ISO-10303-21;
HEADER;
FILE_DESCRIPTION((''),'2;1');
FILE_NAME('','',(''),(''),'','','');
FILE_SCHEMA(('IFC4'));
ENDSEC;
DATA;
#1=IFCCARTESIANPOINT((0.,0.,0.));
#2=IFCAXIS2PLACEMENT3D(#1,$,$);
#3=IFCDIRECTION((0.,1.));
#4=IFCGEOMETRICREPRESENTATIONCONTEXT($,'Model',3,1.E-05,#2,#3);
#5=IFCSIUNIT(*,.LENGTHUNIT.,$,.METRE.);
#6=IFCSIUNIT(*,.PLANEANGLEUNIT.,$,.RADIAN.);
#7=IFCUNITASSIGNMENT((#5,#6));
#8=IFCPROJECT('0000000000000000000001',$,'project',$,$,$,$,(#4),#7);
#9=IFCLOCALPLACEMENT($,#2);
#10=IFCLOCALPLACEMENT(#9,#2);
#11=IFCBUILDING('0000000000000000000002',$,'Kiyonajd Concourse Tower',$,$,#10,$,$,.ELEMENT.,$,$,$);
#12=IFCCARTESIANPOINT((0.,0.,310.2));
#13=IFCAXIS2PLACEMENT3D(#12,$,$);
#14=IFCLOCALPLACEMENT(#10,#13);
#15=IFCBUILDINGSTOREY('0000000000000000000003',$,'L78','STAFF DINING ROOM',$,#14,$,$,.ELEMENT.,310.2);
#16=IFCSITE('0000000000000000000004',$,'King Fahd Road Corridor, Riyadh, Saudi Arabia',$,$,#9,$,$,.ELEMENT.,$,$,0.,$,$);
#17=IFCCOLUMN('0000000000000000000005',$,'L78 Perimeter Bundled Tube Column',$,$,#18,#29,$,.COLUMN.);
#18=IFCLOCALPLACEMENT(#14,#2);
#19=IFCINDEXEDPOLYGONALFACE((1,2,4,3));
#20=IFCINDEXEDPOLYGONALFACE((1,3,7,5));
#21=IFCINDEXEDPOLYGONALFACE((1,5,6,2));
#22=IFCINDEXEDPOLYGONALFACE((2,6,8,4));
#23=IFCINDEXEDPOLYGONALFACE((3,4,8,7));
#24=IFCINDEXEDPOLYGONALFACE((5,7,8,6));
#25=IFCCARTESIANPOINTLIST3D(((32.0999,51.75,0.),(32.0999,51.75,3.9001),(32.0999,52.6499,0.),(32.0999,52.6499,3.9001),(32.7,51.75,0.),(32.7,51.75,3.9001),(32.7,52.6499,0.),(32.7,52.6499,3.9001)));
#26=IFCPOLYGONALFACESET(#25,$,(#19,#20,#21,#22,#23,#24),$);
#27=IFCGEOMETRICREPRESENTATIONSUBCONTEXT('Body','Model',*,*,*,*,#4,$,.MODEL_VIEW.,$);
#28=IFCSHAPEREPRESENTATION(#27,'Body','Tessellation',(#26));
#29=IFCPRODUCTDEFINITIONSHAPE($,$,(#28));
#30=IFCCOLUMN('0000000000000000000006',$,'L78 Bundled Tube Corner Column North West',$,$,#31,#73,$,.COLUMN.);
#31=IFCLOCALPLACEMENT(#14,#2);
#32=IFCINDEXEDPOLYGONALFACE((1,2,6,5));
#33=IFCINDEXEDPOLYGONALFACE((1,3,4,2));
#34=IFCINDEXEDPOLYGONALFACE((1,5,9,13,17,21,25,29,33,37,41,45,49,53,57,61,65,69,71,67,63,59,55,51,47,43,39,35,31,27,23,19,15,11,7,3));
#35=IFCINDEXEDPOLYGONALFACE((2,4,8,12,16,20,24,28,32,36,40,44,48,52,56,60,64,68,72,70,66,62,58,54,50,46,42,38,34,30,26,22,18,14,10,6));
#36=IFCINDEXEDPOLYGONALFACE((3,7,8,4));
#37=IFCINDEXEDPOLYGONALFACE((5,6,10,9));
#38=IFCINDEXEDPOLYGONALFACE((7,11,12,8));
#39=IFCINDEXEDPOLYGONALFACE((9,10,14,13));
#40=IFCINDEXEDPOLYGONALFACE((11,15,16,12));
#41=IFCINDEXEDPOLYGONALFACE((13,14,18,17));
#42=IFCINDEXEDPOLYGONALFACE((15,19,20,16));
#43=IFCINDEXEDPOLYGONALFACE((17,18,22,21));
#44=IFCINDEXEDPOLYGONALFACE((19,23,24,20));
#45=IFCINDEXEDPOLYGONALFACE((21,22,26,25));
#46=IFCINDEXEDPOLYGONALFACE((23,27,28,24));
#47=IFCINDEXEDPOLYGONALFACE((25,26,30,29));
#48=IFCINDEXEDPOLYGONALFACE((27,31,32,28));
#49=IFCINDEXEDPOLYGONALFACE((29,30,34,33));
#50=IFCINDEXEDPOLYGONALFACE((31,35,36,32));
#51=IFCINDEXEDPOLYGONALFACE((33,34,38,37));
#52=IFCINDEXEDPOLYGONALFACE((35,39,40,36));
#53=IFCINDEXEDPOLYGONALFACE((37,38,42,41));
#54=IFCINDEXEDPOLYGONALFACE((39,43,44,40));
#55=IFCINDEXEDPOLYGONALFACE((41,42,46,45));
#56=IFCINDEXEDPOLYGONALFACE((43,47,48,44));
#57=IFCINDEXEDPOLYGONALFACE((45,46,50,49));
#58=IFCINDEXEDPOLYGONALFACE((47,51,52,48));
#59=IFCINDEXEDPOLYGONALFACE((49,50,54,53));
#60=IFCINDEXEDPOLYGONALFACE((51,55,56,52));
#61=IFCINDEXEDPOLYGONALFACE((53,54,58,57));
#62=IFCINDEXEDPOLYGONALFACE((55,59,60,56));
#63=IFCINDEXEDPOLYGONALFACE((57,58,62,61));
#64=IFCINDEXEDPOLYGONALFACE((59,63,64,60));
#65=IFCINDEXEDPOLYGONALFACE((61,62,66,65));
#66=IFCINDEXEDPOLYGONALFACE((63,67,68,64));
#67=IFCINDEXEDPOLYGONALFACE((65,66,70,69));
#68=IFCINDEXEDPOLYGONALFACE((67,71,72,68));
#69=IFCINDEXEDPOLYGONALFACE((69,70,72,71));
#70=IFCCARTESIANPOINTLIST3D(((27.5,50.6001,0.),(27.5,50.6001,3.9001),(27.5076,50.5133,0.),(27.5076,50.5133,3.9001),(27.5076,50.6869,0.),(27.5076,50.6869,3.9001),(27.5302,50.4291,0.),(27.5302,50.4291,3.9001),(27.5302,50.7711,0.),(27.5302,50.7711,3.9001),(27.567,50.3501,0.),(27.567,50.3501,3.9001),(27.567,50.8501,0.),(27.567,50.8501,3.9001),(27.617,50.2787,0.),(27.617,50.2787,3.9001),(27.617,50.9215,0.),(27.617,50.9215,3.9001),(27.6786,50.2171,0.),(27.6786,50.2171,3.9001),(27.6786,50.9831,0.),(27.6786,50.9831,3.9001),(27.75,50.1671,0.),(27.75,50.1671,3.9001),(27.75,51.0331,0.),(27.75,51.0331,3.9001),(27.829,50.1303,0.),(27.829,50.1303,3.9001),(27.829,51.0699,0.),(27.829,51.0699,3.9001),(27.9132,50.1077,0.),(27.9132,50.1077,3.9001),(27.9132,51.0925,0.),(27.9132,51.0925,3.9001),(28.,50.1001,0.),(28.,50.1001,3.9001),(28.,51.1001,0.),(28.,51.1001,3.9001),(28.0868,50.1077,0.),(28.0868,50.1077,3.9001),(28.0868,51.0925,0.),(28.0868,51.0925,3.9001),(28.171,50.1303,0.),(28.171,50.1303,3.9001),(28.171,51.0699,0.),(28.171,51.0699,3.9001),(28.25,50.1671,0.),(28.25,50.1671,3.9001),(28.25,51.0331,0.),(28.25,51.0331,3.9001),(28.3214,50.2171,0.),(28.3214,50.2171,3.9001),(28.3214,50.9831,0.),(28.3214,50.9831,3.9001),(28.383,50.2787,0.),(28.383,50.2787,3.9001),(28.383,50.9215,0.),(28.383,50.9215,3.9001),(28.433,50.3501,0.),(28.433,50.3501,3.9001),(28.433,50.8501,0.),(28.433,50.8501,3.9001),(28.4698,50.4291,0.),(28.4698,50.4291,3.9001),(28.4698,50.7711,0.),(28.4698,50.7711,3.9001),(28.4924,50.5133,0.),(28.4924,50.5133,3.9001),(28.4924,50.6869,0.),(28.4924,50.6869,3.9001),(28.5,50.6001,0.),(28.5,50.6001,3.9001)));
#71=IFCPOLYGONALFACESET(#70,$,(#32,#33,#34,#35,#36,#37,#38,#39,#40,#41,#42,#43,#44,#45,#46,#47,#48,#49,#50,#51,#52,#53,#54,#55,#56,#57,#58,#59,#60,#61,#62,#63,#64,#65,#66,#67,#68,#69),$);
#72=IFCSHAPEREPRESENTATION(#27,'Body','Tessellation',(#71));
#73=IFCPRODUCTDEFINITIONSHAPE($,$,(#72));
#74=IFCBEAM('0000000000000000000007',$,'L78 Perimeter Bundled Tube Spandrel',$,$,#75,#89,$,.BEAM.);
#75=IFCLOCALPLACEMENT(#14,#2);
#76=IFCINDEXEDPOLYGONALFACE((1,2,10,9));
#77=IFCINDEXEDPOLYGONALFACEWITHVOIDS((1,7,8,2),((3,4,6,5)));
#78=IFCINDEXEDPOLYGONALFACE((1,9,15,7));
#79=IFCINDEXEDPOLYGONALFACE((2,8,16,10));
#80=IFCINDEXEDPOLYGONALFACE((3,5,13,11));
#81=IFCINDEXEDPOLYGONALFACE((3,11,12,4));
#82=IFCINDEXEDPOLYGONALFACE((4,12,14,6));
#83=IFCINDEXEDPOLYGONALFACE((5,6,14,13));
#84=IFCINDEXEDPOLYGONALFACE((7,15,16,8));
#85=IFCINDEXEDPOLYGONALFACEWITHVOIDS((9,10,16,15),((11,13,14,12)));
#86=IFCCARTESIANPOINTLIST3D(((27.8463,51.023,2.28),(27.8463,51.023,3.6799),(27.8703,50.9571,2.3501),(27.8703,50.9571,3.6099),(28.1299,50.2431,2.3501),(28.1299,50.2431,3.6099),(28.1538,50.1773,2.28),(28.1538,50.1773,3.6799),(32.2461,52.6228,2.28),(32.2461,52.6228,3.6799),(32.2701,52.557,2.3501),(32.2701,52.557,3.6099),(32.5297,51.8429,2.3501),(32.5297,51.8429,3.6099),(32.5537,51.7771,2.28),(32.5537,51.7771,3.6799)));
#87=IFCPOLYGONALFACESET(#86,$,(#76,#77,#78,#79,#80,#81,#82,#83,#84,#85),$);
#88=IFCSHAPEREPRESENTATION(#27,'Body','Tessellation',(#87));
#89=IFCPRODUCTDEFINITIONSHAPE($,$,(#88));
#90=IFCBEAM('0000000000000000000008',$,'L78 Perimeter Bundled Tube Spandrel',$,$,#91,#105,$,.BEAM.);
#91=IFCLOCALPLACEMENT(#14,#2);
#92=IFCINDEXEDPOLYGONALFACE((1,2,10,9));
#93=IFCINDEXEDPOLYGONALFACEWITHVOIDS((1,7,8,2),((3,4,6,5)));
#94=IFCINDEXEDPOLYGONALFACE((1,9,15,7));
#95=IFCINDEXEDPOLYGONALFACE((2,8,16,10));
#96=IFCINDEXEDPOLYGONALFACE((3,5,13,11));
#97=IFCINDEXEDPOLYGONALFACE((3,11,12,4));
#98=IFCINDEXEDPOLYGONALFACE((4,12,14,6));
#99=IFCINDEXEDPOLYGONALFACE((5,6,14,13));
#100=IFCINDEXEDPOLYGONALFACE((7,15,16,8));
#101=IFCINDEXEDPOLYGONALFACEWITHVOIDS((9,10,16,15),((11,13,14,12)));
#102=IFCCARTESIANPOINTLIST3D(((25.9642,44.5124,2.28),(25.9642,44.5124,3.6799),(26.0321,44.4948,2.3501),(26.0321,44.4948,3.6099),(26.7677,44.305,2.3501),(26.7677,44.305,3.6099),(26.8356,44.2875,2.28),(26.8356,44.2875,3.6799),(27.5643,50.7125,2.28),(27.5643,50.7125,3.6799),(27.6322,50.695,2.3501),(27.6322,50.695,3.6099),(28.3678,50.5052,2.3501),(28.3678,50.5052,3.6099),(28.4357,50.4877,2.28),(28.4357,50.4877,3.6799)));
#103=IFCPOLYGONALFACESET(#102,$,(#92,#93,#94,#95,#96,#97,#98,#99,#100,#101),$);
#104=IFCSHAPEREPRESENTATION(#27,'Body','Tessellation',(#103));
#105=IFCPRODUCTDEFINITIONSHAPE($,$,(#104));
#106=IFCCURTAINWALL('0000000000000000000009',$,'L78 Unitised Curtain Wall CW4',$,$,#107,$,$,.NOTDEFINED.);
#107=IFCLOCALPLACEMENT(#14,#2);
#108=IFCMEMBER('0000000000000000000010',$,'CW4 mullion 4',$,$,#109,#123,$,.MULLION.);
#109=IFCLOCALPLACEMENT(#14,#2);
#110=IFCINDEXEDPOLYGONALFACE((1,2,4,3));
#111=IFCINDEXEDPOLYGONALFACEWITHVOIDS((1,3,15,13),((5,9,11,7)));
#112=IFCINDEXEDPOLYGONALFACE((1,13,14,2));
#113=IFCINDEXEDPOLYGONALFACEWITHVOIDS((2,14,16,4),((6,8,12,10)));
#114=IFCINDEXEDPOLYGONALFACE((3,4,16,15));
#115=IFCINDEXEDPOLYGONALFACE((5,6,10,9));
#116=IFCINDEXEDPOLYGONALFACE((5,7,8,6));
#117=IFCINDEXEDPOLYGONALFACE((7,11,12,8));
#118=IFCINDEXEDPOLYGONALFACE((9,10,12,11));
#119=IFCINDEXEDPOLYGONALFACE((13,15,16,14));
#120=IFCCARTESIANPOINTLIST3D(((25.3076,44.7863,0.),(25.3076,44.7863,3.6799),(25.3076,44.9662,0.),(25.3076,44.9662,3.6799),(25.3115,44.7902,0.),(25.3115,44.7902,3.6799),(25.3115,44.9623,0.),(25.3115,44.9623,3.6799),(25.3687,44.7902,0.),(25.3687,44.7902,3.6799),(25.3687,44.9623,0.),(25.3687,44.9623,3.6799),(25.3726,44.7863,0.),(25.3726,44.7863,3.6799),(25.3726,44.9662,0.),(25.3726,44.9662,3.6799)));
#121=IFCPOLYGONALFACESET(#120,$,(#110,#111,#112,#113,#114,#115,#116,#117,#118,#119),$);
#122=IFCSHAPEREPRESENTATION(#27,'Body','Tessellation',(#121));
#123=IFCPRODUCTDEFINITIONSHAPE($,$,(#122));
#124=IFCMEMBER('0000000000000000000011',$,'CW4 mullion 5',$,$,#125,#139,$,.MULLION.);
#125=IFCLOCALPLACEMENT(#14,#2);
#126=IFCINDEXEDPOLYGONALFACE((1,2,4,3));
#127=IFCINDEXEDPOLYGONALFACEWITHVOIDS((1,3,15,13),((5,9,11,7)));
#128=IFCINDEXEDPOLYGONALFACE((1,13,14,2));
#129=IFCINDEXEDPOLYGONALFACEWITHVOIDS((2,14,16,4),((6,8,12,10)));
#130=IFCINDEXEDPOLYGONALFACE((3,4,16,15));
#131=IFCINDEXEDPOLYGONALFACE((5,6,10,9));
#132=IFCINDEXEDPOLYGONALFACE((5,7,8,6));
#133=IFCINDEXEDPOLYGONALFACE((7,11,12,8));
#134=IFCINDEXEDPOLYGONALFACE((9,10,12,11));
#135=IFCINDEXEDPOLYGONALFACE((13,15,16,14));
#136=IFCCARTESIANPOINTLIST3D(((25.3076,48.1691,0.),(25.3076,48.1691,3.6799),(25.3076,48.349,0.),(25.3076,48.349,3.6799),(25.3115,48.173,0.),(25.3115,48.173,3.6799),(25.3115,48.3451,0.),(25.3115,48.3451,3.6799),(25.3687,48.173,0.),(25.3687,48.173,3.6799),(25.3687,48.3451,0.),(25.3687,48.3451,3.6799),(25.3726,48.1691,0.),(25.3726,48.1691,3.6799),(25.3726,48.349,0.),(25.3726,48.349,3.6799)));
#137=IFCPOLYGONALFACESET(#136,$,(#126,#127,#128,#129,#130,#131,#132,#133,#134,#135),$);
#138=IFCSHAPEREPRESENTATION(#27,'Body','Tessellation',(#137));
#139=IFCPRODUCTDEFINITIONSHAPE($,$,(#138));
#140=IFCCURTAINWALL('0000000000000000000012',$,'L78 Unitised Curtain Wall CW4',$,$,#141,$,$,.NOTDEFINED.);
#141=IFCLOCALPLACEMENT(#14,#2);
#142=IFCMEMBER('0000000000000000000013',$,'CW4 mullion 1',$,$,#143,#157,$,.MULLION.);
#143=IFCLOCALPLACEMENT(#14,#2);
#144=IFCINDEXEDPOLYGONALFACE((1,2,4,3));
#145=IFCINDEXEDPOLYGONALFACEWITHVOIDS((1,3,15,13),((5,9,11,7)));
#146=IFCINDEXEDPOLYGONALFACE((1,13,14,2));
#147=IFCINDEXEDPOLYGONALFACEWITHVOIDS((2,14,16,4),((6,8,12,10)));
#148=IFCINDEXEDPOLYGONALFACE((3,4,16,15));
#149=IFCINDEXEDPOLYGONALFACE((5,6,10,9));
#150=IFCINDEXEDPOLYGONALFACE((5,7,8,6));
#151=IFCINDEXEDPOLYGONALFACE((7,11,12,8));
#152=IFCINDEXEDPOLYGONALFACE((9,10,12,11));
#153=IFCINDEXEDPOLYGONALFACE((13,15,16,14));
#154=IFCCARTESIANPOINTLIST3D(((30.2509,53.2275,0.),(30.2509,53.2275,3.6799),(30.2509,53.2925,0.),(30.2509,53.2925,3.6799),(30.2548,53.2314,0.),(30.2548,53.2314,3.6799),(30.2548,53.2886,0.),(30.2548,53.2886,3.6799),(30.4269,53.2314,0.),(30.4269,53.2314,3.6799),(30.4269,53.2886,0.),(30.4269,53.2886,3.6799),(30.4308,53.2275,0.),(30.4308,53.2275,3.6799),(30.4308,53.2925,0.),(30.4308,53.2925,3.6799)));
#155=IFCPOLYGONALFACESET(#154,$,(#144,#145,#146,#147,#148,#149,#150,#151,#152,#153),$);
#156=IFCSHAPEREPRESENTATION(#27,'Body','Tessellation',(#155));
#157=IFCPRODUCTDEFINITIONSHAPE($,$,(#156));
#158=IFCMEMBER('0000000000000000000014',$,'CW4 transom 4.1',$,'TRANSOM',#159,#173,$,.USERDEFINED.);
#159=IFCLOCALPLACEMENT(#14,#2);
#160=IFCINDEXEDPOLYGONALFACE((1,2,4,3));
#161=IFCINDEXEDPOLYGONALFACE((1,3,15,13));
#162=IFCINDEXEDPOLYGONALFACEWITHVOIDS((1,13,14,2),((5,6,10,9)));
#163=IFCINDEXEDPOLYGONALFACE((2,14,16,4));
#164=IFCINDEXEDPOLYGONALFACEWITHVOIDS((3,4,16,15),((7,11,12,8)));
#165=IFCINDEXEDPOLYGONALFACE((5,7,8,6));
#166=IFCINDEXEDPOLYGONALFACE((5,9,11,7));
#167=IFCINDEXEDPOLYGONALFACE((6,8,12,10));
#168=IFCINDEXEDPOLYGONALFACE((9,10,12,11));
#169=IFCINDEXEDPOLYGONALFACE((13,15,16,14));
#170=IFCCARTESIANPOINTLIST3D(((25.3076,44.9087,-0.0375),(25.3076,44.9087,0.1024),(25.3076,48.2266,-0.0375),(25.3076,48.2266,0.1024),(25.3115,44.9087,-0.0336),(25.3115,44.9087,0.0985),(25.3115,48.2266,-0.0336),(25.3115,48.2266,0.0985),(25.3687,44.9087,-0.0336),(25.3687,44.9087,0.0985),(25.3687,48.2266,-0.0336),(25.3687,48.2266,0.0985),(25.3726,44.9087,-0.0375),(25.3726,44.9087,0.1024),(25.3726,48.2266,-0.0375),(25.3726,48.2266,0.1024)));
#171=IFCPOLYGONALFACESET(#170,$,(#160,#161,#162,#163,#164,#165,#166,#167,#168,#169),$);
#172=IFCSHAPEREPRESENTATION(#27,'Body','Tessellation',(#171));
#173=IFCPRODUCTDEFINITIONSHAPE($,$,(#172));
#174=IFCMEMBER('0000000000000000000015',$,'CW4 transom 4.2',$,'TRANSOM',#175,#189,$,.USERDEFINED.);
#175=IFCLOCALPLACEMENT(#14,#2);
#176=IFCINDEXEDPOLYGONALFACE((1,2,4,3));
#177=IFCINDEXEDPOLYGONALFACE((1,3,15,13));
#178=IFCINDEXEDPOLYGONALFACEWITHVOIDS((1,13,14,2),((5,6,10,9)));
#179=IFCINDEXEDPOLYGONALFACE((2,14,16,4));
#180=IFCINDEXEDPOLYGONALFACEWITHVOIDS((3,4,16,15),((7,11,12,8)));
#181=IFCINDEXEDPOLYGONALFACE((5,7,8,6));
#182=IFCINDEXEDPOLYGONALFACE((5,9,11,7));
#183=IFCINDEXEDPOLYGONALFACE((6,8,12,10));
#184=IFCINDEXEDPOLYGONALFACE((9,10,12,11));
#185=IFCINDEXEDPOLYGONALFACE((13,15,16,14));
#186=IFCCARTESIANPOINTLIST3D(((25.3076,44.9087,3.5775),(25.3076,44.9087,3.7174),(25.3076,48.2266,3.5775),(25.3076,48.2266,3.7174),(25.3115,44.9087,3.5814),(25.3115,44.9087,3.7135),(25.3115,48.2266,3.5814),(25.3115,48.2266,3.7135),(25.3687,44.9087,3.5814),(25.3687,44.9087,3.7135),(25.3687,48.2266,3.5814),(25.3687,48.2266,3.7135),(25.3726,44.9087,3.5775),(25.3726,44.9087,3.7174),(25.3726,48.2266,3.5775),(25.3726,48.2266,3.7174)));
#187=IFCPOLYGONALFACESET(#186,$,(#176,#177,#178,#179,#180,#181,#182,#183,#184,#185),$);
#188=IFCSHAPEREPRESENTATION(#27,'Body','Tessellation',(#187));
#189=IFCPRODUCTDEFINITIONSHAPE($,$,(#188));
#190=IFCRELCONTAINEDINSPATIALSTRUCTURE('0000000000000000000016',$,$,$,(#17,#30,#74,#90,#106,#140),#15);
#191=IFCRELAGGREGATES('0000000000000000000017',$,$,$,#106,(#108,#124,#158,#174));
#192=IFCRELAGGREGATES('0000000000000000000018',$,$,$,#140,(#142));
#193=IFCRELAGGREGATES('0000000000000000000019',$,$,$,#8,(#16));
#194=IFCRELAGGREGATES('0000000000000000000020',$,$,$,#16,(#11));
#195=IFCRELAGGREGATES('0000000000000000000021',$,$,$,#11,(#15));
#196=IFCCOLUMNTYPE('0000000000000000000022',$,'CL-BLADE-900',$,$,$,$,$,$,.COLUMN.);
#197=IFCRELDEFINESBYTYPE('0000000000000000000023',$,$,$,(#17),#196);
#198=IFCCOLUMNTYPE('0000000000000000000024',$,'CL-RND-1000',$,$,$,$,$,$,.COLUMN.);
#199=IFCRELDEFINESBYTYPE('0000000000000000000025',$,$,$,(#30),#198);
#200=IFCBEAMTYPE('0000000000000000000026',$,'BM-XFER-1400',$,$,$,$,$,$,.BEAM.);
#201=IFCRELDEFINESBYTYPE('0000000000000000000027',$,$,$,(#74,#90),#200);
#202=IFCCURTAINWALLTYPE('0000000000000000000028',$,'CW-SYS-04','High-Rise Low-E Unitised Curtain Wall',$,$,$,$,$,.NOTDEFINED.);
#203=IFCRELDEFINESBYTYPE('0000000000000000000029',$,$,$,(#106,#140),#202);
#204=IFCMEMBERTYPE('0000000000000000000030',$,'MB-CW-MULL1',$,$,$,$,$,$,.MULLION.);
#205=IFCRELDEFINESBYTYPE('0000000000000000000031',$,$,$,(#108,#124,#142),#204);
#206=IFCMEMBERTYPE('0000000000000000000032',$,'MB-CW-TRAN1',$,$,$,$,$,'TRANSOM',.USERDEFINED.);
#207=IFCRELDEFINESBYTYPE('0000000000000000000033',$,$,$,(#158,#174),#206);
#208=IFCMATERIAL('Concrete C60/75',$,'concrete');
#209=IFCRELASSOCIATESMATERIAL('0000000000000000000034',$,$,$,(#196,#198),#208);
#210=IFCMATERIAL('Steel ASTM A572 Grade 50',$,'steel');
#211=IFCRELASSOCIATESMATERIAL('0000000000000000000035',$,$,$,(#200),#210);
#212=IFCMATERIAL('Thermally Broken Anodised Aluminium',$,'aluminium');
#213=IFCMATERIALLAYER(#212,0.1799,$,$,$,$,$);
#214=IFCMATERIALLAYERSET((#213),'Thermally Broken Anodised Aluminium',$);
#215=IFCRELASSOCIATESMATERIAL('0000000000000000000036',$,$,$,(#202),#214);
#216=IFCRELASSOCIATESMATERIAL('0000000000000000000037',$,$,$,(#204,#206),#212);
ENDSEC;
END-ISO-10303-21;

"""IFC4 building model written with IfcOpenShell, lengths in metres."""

from ifc_helpers import new_model, si_unit, direction, frame, origin, origin_2d, place, context, subcontext, project, spatial, rectangle, hollow_rectangle, circle, extrude, material, layer, layer_set, material_profile, profile_set, type_object, element, aggregate, save


model = new_model("IFC4")

# Units and contexts
model_context = context("Model", 3, precision=1e-05, world=origin(), true_north=direction((0.0, 1.0)))
body_context = subcontext(model_context, "Body", "Model", "MODEL_VIEW")
ifc_project = project(units=[si_unit("LENGTHUNIT", "METRE"), si_unit("PLANEANGLEUNIT", "RADIAN")], contexts=[model_context])

# Site, building, storey
site_placement = place(None, origin())
site = spatial("IfcSite", under=ifc_project, at=site_placement, Name="King Fahd Road Corridor, Riyadh, Saudi Arabia", CompositionType="ELEMENT", RefElevation=0.0)
building_placement = place(site_placement, origin())
building = spatial("IfcBuilding", under=site, at=building_placement, Name="Kiyonajd Concourse Tower", CompositionType="ELEMENT")
storey_placement = place(building_placement, frame((0.0, 0.0, 310.2)))
storey = spatial("IfcBuildingStorey", under=building, at=storey_placement, Name="L78", Description="STAFF DINING ROOM", CompositionType="ELEMENT", Elevation=310.2)

# Columns
ifc_material_1 = material(Name="Concrete C60/75", Category="concrete")
ifc_material_profile_1 = material_profile(ifc_material_1, rectangle(XDim=0.6001, YDim=0.8999, at=origin_2d()), Name="RC-900x600")
ifc_profile_set_1 = profile_set([ifc_material_profile_1], Name="Concrete C60/75")
column_type_1 = type_object("IfcColumnType", Name="CL-BLADE-900", PredefinedType="COLUMN", material=ifc_profile_set_1)
column_1_placement = place(storey_placement, frame((32.3999, 52.2, 0.0), z_axis=(0.0, 0.0, 1.0), x_axis=(1.0, 0.0, 0.0)))
element("IfcColumn", 1, at=column_1_placement, inside=storey, type_object=column_type_1, Name="L78 Perimeter Bundled Tube Column", PredefinedType="COLUMN", context=body_context, shape_type="SweptSolid", body=[
    extrude(rectangle(XDim=0.6001, YDim=0.8999, at=origin_2d()), origin(), (0.0, 0.0, 1.0), 3.9001),
])
ifc_material_profile_2 = material_profile(ifc_material_1, circle(Radius=0.5, at=origin_2d()), Name="RCC-D1000")
ifc_profile_set_2 = profile_set([ifc_material_profile_2], Name="Concrete C60/75")
column_type_2 = type_object("IfcColumnType", Name="CL-RND-1000", PredefinedType="COLUMN", material=ifc_profile_set_2)
column_2_placement = place(storey_placement, frame((28.0, 50.6001, 0.0), z_axis=(0.0, 0.0, 1.0), x_axis=(1.0, 0.0, 0.0)))
element("IfcColumn", 2, at=column_2_placement, inside=storey, type_object=column_type_2, Name="L78 Bundled Tube Corner Column North West", PredefinedType="COLUMN", context=body_context, shape_type="SweptSolid", body=[
    extrude(circle(Radius=0.5, at=origin_2d()), origin(), (0.0, 0.0, 1.0), 3.9001),
])

# Beams
ifc_material_2 = material(Name="Steel ASTM A572 Grade 50", Category="steel")
ifc_material_profile_3 = material_profile(ifc_material_2, hollow_rectangle(XDim=0.8999, YDim=1.3999, WallThickness=0.0701, at=origin_2d()), Name="BOX-1400x900x70")
ifc_profile_set_3 = profile_set([ifc_material_profile_3], Name="Steel ASTM A572 Grade 50")
beam_type = type_object("IfcBeamType", Name="BM-XFER-1400", PredefinedType="BEAM", material=ifc_profile_set_3)
beam_1_placement = place(storey_placement, frame((32.3999, 52.2, 2.98), z_axis=(-0.939801, -0.341722, 0.0), x_axis=(0.341722, -0.939801, 0.0)))
element("IfcBeam", 3, at=beam_1_placement, inside=storey, type_object=beam_type, Name="L78 Perimeter Bundled Tube Spandrel", PredefinedType="BEAM", context=body_context, shape_type="SweptSolid", body=[
    extrude(hollow_rectangle(XDim=0.8999, YDim=1.3999, WallThickness=0.0701, at=origin_2d()), origin(), (0.0, 0.0, 1.0), 4.6816),
])
beam_2_placement = place(storey_placement, frame((28.0, 50.6001, 2.98), z_axis=(-0.249885, -0.968276, 0.0), x_axis=(0.968276, -0.249885, 0.0)))
element("IfcBeam", 4, at=beam_2_placement, inside=storey, type_object=beam_type, Name="L78 Perimeter Bundled Tube Spandrel", PredefinedType="BEAM", context=body_context, shape_type="SweptSolid", body=[
    extrude(hollow_rectangle(XDim=0.8999, YDim=1.3999, WallThickness=0.0701, at=origin_2d()), origin(), (0.0, 0.0, 1.0), 6.4033),
])

# Curtain wall, members
ifc_material_3 = material(Name="Thermally Broken Anodised Aluminium", Category="aluminium")
ifc_layer_1 = layer(ifc_material_3, 0.1799)
ifc_layer_set_1 = layer_set([ifc_layer_1], Name="Thermally Broken Anodised Aluminium")
curtain_wall_type = type_object("IfcCurtainWallType", Name="CW-SYS-04", Description="High-Rise Low-E Unitised Curtain Wall", PredefinedType="NOTDEFINED", material=ifc_layer_set_1)
curtain_wall_1_placement = place(storey_placement, origin())
curtain_wall_1 = element("IfcCurtainWall", 5, at=curtain_wall_1_placement, inside=storey, type_object=curtain_wall_type, Name="L78 Unitised Curtain Wall CW4", PredefinedType="NOTDEFINED")
ifc_material_profile_4 = material_profile(ifc_material_3, hollow_rectangle(XDim=0.0649, YDim=0.1799, WallThickness=0.0039, at=origin_2d()), Name="MULL-65x180")
ifc_profile_set_4 = profile_set([ifc_material_profile_4], Name="Thermally Broken Anodised Aluminium")
member_type_1 = type_object("IfcMemberType", Name="MB-CW-MULL1", PredefinedType="MULLION", material=ifc_profile_set_4)
member_1_placement = place(storey_placement, frame((25.3401, 44.8762, 0.0), z_axis=(0.0, 0.0, 1.0), x_axis=(-1.0, 0.0, 0.0)))
member_1 = element("IfcMember", 6, at=member_1_placement, type_object=member_type_1, Name="CW4 mullion 4", PredefinedType="MULLION", context=body_context, shape_type="SweptSolid", body=[
    extrude(hollow_rectangle(XDim=0.0649, YDim=0.1799, WallThickness=0.0039, at=origin_2d()), origin(), (0.0, 0.0, 1.0), 3.6799),
])
member_2_placement = place(storey_placement, frame((25.3401, 48.259, 0.0), z_axis=(0.0, 0.0, 1.0), x_axis=(-1.0, 0.0, 0.0)))
member_2 = element("IfcMember", 7, at=member_2_placement, type_object=member_type_1, Name="CW4 mullion 5", PredefinedType="MULLION", context=body_context, shape_type="SweptSolid", body=[
    extrude(hollow_rectangle(XDim=0.0649, YDim=0.1799, WallThickness=0.0039, at=origin_2d()), origin(), (0.0, 0.0, 1.0), 3.6799),
])

# Curtain wall, member
curtain_wall_2_placement = place(storey_placement, origin())
curtain_wall_2 = element("IfcCurtainWall", 8, at=curtain_wall_2_placement, inside=storey, type_object=curtain_wall_type, Name="L78 Unitised Curtain Wall CW4", PredefinedType="NOTDEFINED")
member_3_placement = place(storey_placement, frame((30.3408, 53.26, 0.0), z_axis=(0.0, 0.0, 1.0), x_axis=(0.0, 1.0, 0.0)))
member_3 = element("IfcMember", 9, at=member_3_placement, type_object=member_type_1, Name="CW4 mullion 1", PredefinedType="MULLION", context=body_context, shape_type="SweptSolid", body=[
    extrude(hollow_rectangle(XDim=0.0649, YDim=0.1799, WallThickness=0.0039, at=origin_2d()), origin(), (0.0, 0.0, 1.0), 3.6799),
])

# Members
ifc_material_profile_5 = material_profile(ifc_material_3, hollow_rectangle(XDim=0.0649, YDim=0.1399, WallThickness=0.0039, at=origin_2d()), Name="TRAN-65x140")
ifc_profile_set_5 = profile_set([ifc_material_profile_5], Name="Thermally Broken Anodised Aluminium")
member_type_2 = type_object("IfcMemberType", Name="MB-CW-TRAN1", ElementType="TRANSOM", PredefinedType="USERDEFINED", material=ifc_profile_set_5)
member_4_placement = place(storey_placement, frame((25.3401, 44.9087, 0.0325), z_axis=(0.0, 1.0, 0.0), x_axis=(-1.0, 0.0, 0.0)))
member_4 = element("IfcMember", 10, at=member_4_placement, type_object=member_type_2, Name="CW4 transom 4.1", ObjectType="TRANSOM", PredefinedType="USERDEFINED", context=body_context, shape_type="SweptSolid", body=[
    extrude(hollow_rectangle(XDim=0.0649, YDim=0.1399, WallThickness=0.0039, at=origin_2d()), origin(), (0.0, 0.0, 1.0), 3.3179),
])
member_5_placement = place(storey_placement, frame((25.3401, 44.9087, 3.6475), z_axis=(0.0, 1.0, 0.0), x_axis=(-1.0, 0.0, 0.0)))
member_5 = element("IfcMember", 11, at=member_5_placement, type_object=member_type_2, Name="CW4 transom 4.2", ObjectType="TRANSOM", PredefinedType="USERDEFINED", context=body_context, shape_type="SweptSolid", body=[
    extrude(hollow_rectangle(XDim=0.0649, YDim=0.1399, WallThickness=0.0039, at=origin_2d()), origin(), (0.0, 0.0, 1.0), 3.3179),
])

aggregate(curtain_wall_1, [member_1, member_2, member_4, member_5])
aggregate(curtain_wall_2, [member_3])

save(model, "model.ifc")
